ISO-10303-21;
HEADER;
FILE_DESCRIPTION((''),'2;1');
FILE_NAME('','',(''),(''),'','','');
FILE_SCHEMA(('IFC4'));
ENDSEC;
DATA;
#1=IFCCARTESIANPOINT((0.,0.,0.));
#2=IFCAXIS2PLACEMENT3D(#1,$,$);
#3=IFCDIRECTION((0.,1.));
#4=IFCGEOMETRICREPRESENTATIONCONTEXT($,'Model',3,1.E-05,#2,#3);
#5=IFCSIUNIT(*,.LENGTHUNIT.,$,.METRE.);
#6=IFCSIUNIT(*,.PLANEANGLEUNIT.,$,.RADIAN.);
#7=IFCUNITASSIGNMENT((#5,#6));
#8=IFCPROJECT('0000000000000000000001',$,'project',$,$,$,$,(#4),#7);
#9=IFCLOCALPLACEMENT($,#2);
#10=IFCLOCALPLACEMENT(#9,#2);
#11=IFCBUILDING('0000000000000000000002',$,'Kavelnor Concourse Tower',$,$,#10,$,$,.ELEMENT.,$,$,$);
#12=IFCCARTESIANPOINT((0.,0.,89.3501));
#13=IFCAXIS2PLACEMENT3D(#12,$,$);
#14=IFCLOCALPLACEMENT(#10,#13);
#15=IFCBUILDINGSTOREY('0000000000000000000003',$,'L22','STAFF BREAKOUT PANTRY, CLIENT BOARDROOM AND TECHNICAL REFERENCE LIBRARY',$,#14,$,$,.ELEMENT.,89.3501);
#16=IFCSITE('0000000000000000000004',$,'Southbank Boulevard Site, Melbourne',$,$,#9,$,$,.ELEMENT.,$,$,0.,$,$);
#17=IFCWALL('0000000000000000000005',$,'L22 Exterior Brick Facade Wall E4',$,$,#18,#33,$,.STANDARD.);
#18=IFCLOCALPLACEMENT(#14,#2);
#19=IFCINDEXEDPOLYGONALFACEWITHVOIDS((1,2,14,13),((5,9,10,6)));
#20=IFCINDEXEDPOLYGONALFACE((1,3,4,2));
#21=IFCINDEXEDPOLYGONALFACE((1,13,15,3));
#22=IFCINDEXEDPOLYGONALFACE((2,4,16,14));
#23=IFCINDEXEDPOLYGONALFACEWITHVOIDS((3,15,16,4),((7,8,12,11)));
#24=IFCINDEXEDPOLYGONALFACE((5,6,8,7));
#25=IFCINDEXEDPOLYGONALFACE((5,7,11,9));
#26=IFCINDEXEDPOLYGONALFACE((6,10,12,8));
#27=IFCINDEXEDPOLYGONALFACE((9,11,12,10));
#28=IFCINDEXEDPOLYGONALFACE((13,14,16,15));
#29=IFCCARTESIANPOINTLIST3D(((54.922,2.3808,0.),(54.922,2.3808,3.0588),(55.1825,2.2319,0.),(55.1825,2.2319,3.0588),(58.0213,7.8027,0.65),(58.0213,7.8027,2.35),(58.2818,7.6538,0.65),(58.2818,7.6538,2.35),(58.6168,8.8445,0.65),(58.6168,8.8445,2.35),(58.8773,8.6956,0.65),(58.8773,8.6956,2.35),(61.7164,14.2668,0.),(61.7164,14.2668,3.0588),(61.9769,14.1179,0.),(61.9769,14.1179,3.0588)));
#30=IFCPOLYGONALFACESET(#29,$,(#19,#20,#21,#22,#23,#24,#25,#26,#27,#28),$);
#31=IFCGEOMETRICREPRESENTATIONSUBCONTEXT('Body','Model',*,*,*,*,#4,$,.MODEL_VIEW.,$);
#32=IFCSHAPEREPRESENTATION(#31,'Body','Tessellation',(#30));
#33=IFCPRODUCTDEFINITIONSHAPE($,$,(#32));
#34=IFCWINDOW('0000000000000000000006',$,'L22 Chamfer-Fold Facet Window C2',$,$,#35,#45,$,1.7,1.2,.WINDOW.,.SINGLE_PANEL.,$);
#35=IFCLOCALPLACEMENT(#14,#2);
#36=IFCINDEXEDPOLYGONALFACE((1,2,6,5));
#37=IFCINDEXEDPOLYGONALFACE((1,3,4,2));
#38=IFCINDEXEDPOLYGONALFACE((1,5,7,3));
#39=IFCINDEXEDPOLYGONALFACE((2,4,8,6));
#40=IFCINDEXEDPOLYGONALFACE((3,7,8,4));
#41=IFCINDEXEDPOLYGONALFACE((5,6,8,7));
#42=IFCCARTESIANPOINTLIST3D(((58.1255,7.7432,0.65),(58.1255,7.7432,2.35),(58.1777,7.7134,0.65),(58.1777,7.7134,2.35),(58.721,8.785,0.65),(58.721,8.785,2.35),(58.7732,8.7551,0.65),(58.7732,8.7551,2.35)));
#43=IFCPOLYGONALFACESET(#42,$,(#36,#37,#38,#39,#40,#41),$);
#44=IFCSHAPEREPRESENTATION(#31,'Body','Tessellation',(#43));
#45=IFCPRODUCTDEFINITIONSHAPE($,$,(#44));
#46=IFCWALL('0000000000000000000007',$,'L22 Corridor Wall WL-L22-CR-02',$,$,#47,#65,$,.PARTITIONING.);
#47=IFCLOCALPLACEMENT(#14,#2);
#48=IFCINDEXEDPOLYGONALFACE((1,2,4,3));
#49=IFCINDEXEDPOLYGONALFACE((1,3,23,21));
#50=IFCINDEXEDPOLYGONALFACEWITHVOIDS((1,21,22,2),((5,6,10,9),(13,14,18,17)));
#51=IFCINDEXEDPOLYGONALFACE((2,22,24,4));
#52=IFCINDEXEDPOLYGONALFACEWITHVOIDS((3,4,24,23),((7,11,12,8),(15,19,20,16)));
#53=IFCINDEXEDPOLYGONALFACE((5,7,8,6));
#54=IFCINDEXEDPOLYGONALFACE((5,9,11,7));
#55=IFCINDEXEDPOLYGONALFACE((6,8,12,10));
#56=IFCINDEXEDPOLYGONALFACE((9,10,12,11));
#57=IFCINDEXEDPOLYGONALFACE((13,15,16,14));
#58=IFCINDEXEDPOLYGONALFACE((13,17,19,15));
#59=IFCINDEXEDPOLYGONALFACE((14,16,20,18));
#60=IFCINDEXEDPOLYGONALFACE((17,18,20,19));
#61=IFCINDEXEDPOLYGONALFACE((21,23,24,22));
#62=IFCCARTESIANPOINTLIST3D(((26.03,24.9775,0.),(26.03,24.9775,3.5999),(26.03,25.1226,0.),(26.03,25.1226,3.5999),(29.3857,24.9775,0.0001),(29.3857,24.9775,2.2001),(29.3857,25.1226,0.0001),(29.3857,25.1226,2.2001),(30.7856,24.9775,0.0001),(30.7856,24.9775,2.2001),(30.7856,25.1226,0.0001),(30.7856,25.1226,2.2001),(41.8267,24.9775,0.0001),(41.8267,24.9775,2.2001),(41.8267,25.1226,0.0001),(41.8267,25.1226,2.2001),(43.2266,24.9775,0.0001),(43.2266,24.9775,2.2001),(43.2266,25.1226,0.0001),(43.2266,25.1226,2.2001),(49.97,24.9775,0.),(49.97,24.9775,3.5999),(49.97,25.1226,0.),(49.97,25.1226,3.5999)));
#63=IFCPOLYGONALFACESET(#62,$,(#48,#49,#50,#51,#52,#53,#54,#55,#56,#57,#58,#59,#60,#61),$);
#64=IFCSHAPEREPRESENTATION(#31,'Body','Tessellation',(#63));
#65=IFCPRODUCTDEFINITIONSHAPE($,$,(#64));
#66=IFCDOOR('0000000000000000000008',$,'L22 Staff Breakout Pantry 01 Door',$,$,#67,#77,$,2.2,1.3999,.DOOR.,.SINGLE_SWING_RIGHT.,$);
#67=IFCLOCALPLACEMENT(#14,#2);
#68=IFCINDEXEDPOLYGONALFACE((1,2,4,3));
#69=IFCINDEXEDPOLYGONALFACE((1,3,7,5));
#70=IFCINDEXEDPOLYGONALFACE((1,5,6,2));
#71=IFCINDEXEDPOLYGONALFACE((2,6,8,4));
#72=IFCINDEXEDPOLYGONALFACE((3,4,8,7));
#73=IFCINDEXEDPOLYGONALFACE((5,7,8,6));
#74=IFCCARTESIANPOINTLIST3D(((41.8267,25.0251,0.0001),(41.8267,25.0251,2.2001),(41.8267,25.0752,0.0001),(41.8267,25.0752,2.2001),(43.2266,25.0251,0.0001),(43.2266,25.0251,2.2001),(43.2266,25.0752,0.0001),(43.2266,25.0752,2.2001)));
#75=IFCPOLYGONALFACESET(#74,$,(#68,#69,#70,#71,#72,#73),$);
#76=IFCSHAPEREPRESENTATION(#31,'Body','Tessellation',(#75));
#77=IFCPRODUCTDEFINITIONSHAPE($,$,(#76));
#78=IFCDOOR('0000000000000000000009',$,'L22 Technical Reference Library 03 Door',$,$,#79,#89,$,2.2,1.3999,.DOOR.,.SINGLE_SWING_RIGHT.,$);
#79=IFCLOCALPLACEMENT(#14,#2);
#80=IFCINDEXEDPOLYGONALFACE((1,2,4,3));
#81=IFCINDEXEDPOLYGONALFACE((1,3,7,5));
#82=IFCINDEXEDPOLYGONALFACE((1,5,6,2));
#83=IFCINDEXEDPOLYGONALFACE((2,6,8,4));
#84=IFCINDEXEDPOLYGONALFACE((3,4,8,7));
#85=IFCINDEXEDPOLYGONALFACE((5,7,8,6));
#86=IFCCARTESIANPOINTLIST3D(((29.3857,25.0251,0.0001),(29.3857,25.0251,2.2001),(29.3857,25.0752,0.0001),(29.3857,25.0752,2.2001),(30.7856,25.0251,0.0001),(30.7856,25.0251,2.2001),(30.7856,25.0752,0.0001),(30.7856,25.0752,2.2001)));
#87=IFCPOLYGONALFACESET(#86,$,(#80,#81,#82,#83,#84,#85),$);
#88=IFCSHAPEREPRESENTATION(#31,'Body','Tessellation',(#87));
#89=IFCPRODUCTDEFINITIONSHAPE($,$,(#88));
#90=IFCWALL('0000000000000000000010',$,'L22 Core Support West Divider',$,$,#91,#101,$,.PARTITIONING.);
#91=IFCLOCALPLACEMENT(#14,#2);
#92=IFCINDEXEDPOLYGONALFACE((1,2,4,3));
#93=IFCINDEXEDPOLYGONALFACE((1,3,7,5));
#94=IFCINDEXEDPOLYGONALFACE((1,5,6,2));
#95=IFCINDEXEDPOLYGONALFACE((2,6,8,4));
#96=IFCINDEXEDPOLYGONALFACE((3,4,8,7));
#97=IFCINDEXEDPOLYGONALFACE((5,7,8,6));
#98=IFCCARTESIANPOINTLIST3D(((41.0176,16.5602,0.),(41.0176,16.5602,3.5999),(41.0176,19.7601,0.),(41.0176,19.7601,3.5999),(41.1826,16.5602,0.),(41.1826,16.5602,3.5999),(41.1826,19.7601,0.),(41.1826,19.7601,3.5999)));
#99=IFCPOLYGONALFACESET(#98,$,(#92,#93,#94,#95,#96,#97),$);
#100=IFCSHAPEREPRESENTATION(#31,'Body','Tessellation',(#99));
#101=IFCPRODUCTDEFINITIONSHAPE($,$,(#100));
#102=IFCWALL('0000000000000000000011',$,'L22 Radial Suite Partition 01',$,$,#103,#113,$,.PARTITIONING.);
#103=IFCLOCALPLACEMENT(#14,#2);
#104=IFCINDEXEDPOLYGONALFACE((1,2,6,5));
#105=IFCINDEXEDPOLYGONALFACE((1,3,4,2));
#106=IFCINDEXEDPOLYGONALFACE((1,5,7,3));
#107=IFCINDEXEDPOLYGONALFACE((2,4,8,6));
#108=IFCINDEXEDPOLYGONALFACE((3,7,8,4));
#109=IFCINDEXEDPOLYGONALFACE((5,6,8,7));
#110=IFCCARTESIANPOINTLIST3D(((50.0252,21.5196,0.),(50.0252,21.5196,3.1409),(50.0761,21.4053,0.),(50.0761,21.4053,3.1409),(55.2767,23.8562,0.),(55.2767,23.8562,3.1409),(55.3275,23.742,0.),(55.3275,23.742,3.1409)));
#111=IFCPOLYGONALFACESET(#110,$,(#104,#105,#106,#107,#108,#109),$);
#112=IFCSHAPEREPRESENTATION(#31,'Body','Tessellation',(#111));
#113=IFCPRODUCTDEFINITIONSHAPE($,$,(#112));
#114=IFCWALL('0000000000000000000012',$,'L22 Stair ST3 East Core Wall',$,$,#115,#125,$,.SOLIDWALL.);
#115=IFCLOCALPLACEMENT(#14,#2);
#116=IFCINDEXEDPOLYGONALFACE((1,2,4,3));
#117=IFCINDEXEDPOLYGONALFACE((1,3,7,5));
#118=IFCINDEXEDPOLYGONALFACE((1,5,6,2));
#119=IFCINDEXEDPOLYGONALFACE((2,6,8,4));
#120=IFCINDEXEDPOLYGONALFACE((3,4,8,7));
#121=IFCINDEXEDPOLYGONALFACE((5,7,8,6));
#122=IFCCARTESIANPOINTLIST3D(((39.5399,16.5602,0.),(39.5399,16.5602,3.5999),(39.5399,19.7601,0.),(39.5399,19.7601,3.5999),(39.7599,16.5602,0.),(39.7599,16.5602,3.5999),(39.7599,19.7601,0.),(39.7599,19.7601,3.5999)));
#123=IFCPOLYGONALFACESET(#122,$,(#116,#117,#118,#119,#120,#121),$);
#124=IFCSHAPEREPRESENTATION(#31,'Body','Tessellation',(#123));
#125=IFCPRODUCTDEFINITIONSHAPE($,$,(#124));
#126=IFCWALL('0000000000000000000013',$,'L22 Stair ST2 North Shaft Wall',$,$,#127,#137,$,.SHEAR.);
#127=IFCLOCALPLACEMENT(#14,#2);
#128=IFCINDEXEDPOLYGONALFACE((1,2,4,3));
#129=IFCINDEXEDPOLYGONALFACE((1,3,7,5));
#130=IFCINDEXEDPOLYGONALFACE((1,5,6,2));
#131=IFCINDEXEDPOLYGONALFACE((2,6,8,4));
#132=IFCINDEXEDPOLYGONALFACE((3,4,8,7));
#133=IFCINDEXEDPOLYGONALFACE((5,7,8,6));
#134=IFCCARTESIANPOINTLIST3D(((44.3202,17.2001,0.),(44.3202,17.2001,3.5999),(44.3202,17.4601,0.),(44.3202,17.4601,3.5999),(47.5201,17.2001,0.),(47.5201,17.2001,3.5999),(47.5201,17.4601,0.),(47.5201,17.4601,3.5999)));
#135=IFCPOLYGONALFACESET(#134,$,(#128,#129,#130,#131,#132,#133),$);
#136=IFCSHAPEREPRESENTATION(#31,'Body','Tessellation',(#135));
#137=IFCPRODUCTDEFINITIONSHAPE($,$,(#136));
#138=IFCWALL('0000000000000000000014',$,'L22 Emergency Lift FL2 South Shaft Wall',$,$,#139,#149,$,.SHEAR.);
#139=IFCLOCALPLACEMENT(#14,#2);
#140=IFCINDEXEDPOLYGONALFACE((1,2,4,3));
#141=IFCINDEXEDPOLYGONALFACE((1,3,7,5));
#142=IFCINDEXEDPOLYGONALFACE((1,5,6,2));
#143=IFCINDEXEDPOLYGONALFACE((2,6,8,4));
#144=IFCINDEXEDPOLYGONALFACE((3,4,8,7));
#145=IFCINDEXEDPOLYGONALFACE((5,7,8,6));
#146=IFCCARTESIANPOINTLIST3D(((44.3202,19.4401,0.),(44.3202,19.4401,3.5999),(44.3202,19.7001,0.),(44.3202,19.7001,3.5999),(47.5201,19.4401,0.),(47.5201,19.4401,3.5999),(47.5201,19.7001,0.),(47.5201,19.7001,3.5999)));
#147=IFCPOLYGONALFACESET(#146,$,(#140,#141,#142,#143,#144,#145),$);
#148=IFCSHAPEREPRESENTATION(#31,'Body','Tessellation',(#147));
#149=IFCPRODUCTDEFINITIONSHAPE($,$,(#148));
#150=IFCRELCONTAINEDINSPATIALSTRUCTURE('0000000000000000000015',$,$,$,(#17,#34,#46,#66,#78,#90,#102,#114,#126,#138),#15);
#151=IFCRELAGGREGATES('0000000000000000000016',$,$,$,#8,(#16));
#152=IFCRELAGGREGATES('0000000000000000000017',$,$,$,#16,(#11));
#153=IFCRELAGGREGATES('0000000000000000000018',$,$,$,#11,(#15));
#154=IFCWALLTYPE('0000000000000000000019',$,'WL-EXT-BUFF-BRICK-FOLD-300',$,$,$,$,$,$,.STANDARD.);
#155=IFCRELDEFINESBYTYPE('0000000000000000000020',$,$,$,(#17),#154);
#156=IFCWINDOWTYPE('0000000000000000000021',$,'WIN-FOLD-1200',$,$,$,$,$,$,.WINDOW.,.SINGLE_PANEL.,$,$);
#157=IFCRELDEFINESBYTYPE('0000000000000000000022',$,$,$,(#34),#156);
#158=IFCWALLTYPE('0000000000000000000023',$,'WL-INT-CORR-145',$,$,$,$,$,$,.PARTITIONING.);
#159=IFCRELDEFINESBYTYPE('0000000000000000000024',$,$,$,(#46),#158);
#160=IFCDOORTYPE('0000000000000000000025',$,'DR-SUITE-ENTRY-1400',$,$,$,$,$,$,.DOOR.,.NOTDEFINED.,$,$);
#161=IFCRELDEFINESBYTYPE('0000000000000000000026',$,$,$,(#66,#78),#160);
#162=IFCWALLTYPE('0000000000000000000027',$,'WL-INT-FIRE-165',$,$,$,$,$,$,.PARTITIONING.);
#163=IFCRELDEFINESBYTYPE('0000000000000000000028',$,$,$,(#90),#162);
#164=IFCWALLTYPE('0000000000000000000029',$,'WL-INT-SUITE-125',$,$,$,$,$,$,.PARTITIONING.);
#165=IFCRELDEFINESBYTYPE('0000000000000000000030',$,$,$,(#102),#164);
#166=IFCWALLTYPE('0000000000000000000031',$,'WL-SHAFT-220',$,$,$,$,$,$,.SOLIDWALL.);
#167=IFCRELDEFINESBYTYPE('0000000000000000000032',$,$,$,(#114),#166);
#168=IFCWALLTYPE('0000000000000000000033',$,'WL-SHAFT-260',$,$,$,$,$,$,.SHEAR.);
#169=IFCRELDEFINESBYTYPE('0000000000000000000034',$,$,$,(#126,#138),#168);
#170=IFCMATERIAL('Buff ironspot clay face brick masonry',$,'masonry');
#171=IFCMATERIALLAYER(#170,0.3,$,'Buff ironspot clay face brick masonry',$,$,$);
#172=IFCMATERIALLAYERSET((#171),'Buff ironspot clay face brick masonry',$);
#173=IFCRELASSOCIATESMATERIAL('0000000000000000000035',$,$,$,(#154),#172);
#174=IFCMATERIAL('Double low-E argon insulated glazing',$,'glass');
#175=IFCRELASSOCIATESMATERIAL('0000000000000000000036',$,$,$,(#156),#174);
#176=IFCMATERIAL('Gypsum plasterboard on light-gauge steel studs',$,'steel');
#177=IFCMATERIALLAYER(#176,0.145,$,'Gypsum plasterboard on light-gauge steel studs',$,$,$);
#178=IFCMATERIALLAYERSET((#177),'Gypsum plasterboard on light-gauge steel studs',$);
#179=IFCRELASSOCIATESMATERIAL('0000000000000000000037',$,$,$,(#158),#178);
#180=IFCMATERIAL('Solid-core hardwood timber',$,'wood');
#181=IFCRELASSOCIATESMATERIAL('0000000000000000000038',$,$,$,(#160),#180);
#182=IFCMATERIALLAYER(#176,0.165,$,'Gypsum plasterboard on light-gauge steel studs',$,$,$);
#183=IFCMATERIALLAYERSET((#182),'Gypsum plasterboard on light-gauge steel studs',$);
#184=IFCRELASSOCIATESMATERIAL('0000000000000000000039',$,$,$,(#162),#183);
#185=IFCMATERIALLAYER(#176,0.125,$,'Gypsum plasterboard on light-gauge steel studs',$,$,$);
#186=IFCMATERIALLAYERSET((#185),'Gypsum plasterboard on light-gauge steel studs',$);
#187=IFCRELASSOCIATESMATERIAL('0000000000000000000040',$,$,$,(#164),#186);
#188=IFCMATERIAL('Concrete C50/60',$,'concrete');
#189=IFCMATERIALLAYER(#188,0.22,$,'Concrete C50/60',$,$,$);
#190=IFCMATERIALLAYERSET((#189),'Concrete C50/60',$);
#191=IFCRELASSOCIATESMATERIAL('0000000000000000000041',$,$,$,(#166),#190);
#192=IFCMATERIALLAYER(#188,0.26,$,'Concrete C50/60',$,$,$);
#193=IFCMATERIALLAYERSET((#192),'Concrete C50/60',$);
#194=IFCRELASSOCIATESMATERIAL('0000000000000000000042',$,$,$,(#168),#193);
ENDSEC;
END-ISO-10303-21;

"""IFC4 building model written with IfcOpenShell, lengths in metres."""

from ifc_helpers import new_model, si_unit, direction, frame, frame_2d, origin, place, context, subcontext, project, spatial, rectangle, extrude, material, layer, layer_set, type_object, element, fill, save


model = new_model("IFC4")

# Units and contexts
model_context = context("Model", 3, precision=1e-05, world=origin(), true_north=direction((0.0, 1.0)))
body_context = subcontext(model_context, "Body", "Model", "MODEL_VIEW")
ifc_project = project(units=[si_unit("LENGTHUNIT", "METRE"), si_unit("PLANEANGLEUNIT", "RADIAN")], contexts=[model_context])

# Site, building, storey
site_placement = place(None, origin())
site = spatial("IfcSite", under=ifc_project, at=site_placement, Name="Southbank Boulevard Site, Melbourne", CompositionType="ELEMENT", RefElevation=0.0)
building_placement = place(site_placement, origin())
building = spatial("IfcBuilding", under=site, at=building_placement, Name="Kavelnor Concourse Tower", CompositionType="ELEMENT")
storey_placement = place(building_placement, frame((0.0, 0.0, 89.3501)))
storey = spatial("IfcBuildingStorey", under=building, at=storey_placement, Name="L22", Description="STAFF BREAKOUT PANTRY, CLIENT BOARDROOM AND TECHNICAL REFERENCE LIBRARY", CompositionType="ELEMENT", Elevation=89.3501)

# Wall, opening, window
ifc_material_1 = material(Name="Buff ironspot clay face brick masonry", Category="masonry")
ifc_layer_1 = layer(ifc_material_1, 0.3, Name="Buff ironspot clay face brick masonry")
ifc_layer_set_1 = layer_set([ifc_layer_1], Name="Buff ironspot clay face brick masonry")
wall_type_1 = type_object("IfcWallType", Name="WL-EXT-BUFF-BRICK-FOLD-300", PredefinedType="STANDARD", material=ifc_layer_set_1)
wall_1_placement = place(storey_placement, frame((61.8467, 14.1924, 0.0), z_axis=(0.0, 0.0, 1.0), x_axis=(-0.496273, -0.868166, 0.0)))
wall_1 = element("IfcWall", 1, at=wall_1_placement, inside=storey, type_object=wall_type_1, Name="L22 Exterior Brick Facade Wall E4", PredefinedType="STANDARD", context=body_context, shape_type="SweptSolid", body=[
    extrude(rectangle(XDim=13.6909, YDim=0.3, at=frame_2d((6.8455, 0.0))), origin(), (0.0, 0.0, 1.0), 3.0588),
])
opening_1_placement = place(wall_1_placement, frame((6.2456, 0.0, 0.6499)))
opening_1 = element("IfcOpeningElement", 2, at=opening_1_placement, cuts=wall_1, PredefinedType="OPENING", context=body_context, shape_type="SweptSolid", body=[
    extrude(rectangle(XDim=1.2, YDim=1.7, at=frame_2d((0.6001, 0.8501))), frame((0.0, 0.1602, 0.0), z_axis=(0.0, -1.0, 0.0), x_axis=(1.0, 0.0, 0.0)), (0.0, 0.0, 1.0), 0.3201),
])
ifc_material_2 = material(Name="Double low-E argon insulated glazing", Category="glass")
window_type = type_object("IfcWindowType", Name="WIN-FOLD-1200", PartitioningType="SINGLE_PANEL", PredefinedType="WINDOW", material=ifc_material_2)
window_placement = place(opening_1_placement, origin())
window = element("IfcWindow", 3, at=window_placement, inside=storey, type_object=window_type, Name="L22 Chamfer-Fold Facet Window C2", OverallHeight=1.7, OverallWidth=1.2, PartitioningType="SINGLE_PANEL", PredefinedType="WINDOW", context=body_context, shape_type="SweptSolid", body=[
    extrude(rectangle(XDim=1.2, YDim=1.7, at=frame_2d((0.6001, 0.8501))), frame((0.0, 0.03, 0.0), z_axis=(0.0, -1.0, 0.0), x_axis=(1.0, 0.0, 0.0)), (0.0, 0.0, 1.0), 0.0601),
])
fill(opening_1, window)

# Wall, openings, doors
ifc_material_3 = material(Name="Gypsum plasterboard on light-gauge steel studs", Category="steel")
ifc_layer_2 = layer(ifc_material_3, 0.145, Name="Gypsum plasterboard on light-gauge steel studs")
ifc_layer_set_2 = layer_set([ifc_layer_2], Name="Gypsum plasterboard on light-gauge steel studs")
wall_type_2 = type_object("IfcWallType", Name="WL-INT-CORR-145", PredefinedType="PARTITIONING", material=ifc_layer_set_2)
wall_2_placement = place(storey_placement, frame((49.97, 25.05, 0.0), z_axis=(0.0, 0.0, 1.0), x_axis=(-1.0, 0.0, 0.0)))
wall_2 = element("IfcWall", 4, at=wall_2_placement, inside=storey, type_object=wall_type_2, Name="L22 Corridor Wall WL-L22-CR-02", PredefinedType="PARTITIONING", context=body_context, shape_type="SweptSolid", body=[
    extrude(rectangle(XDim=23.9399, YDim=0.145, at=frame_2d((11.97, 0.0))), origin(), (0.0, 0.0, 1.0), 3.5999),
])
opening_2_placement = place(wall_2_placement, frame((6.7434, 0.0, 0.0)))
opening_2 = element("IfcOpeningElement", 5, at=opening_2_placement, cuts=wall_2, PredefinedType="OPENING", context=body_context, shape_type="SweptSolid", body=[
    extrude(rectangle(XDim=1.3999, YDim=2.2, at=frame_2d((0.7, 1.1001))), frame((0.0, 0.0825, 0.0), z_axis=(0.0, -1.0, 0.0), x_axis=(1.0, 0.0, 0.0)), (0.0, 0.0, 1.0), 0.165),
])
opening_3_placement = place(wall_2_placement, frame((19.1843, 0.0, 0.0)))
opening_3 = element("IfcOpeningElement", 6, at=opening_3_placement, cuts=wall_2, PredefinedType="OPENING", context=body_context, shape_type="SweptSolid", body=[
    extrude(rectangle(XDim=1.3999, YDim=2.2, at=frame_2d((0.7, 1.1001))), frame((0.0, 0.0825, 0.0), z_axis=(0.0, -1.0, 0.0), x_axis=(1.0, 0.0, 0.0)), (0.0, 0.0, 1.0), 0.165),
])
ifc_material_4 = material(Name="Solid-core hardwood timber", Category="wood")
door_type = type_object("IfcDoorType", Name="DR-SUITE-ENTRY-1400", OperationType="NOTDEFINED", PredefinedType="DOOR", material=ifc_material_4)
door_1_placement = place(opening_2_placement, origin())
door_1 = element("IfcDoor", 7, at=door_1_placement, inside=storey, type_object=door_type, Name="L22 Staff Breakout Pantry 01 Door", OperationType="SINGLE_SWING_RIGHT", OverallHeight=2.2, OverallWidth=1.3999, PredefinedType="DOOR", context=body_context, shape_type="SweptSolid", body=[
    extrude(rectangle(XDim=1.3999, YDim=2.2, at=frame_2d((0.7, 1.1001))), frame((0.0, 0.0249, 0.0), z_axis=(0.0, -1.0, 0.0), x_axis=(1.0, 0.0, 0.0)), (0.0, 0.0, 1.0), 0.05),
])
fill(opening_2, door_1)
door_2_placement = place(opening_3_placement, origin())
door_2 = element("IfcDoor", 8, at=door_2_placement, inside=storey, type_object=door_type, Name="L22 Technical Reference Library 03 Door", OperationType="SINGLE_SWING_RIGHT", OverallHeight=2.2, OverallWidth=1.3999, PredefinedType="DOOR", context=body_context, shape_type="SweptSolid", body=[
    extrude(rectangle(XDim=1.3999, YDim=2.2, at=frame_2d((0.7, 1.1001))), frame((0.0, 0.0249, 0.0), z_axis=(0.0, -1.0, 0.0), x_axis=(1.0, 0.0, 0.0)), (0.0, 0.0, 1.0), 0.05),
])
fill(opening_3, door_2)

# Walls
ifc_layer_3 = layer(ifc_material_3, 0.165, Name="Gypsum plasterboard on light-gauge steel studs")
ifc_layer_set_3 = layer_set([ifc_layer_3], Name="Gypsum plasterboard on light-gauge steel studs")
wall_type_3 = type_object("IfcWallType", Name="WL-INT-FIRE-165", PredefinedType="PARTITIONING", material=ifc_layer_set_3)
wall_3_placement = place(storey_placement, frame((41.1001, 16.5601, 0.0), z_axis=(0.0, 0.0, 1.0), x_axis=(0.0, 1.0, 0.0)))
element("IfcWall", 9, at=wall_3_placement, inside=storey, type_object=wall_type_3, Name="L22 Core Support West Divider", PredefinedType="PARTITIONING", context=body_context, shape_type="SweptSolid", body=[
    extrude(rectangle(XDim=3.2, YDim=0.165, at=frame_2d((1.6001, 0.0))), origin(), (0.0, 0.0, 1.0), 3.5999),
])
ifc_layer_4 = layer(ifc_material_3, 0.125, Name="Gypsum plasterboard on light-gauge steel studs")
ifc_layer_set_4 = layer_set([ifc_layer_4], Name="Gypsum plasterboard on light-gauge steel studs")
wall_type_4 = type_object("IfcWallType", Name="WL-INT-SUITE-125", PredefinedType="PARTITIONING", material=ifc_layer_set_4)
wall_4_placement = place(storey_placement, frame((50.0505, 21.4624, 0.0), z_axis=(0.0, 0.0, 1.0), x_axis=(0.913638, 0.406529, 0.0)))
element("IfcWall", 10, at=wall_4_placement, inside=storey, type_object=wall_type_4, Name="L22 Radial Suite Partition 01", PredefinedType="PARTITIONING", context=body_context, shape_type="SweptSolid", body=[
    extrude(rectangle(XDim=5.7478, YDim=0.125, at=frame_2d((2.874, 0.0))), origin(), (0.0, 0.0, 1.0), 3.1409),
])
ifc_material_5 = material(Name="Concrete C50/60", Category="concrete")
ifc_layer_5 = layer(ifc_material_5, 0.22, Name="Concrete C50/60")
ifc_layer_set_5 = layer_set([ifc_layer_5], Name="Concrete C50/60")
wall_type_5 = type_object("IfcWallType", Name="WL-SHAFT-220", PredefinedType="SOLIDWALL", material=ifc_layer_set_5)
wall_5_placement = place(storey_placement, frame((39.6499, 16.5601, 0.0), z_axis=(0.0, 0.0, 1.0), x_axis=(0.0, 1.0, 0.0)))
element("IfcWall", 11, at=wall_5_placement, inside=storey, type_object=wall_type_5, Name="L22 Stair ST3 East Core Wall", PredefinedType="SOLIDWALL", context=body_context, shape_type="SweptSolid", body=[
    extrude(rectangle(XDim=3.2, YDim=0.22, at=frame_2d((1.6001, 0.0))), origin(), (0.0, 0.0, 1.0), 3.5999),
])
ifc_layer_6 = layer(ifc_material_5, 0.26, Name="Concrete C50/60")
ifc_layer_set_6 = layer_set([ifc_layer_6], Name="Concrete C50/60")
wall_type_6 = type_object("IfcWallType", Name="WL-SHAFT-260", PredefinedType="SHEAR", material=ifc_layer_set_6)
for number, where, z_axis, x_axis, name in (
    (12, (44.3201, 17.3301, 0.0), (0.0, 0.0, 1.0), (1.0, 0.0, 0.0), "L22 Stair ST2 North Shaft Wall"),
    (13, (44.3201, 19.5701, 0.0), (0.0, 0.0, 1.0), (1.0, 0.0, 0.0), "L22 Emergency Lift FL2 South Shaft Wall"),
):
    element("IfcWall", number, at=place(storey_placement, frame(where, z_axis=z_axis, x_axis=x_axis)), inside=storey, type_object=wall_type_6, Name=name, PredefinedType="SHEAR", context=body_context, shape_type="SweptSolid", body=[
        extrude(rectangle(XDim=3.2, YDim=0.26, at=frame_2d((1.6001, 0.0))), origin(), (0.0, 0.0, 1.0), 3.5999),
    ])

save(model, "model.ifc")
